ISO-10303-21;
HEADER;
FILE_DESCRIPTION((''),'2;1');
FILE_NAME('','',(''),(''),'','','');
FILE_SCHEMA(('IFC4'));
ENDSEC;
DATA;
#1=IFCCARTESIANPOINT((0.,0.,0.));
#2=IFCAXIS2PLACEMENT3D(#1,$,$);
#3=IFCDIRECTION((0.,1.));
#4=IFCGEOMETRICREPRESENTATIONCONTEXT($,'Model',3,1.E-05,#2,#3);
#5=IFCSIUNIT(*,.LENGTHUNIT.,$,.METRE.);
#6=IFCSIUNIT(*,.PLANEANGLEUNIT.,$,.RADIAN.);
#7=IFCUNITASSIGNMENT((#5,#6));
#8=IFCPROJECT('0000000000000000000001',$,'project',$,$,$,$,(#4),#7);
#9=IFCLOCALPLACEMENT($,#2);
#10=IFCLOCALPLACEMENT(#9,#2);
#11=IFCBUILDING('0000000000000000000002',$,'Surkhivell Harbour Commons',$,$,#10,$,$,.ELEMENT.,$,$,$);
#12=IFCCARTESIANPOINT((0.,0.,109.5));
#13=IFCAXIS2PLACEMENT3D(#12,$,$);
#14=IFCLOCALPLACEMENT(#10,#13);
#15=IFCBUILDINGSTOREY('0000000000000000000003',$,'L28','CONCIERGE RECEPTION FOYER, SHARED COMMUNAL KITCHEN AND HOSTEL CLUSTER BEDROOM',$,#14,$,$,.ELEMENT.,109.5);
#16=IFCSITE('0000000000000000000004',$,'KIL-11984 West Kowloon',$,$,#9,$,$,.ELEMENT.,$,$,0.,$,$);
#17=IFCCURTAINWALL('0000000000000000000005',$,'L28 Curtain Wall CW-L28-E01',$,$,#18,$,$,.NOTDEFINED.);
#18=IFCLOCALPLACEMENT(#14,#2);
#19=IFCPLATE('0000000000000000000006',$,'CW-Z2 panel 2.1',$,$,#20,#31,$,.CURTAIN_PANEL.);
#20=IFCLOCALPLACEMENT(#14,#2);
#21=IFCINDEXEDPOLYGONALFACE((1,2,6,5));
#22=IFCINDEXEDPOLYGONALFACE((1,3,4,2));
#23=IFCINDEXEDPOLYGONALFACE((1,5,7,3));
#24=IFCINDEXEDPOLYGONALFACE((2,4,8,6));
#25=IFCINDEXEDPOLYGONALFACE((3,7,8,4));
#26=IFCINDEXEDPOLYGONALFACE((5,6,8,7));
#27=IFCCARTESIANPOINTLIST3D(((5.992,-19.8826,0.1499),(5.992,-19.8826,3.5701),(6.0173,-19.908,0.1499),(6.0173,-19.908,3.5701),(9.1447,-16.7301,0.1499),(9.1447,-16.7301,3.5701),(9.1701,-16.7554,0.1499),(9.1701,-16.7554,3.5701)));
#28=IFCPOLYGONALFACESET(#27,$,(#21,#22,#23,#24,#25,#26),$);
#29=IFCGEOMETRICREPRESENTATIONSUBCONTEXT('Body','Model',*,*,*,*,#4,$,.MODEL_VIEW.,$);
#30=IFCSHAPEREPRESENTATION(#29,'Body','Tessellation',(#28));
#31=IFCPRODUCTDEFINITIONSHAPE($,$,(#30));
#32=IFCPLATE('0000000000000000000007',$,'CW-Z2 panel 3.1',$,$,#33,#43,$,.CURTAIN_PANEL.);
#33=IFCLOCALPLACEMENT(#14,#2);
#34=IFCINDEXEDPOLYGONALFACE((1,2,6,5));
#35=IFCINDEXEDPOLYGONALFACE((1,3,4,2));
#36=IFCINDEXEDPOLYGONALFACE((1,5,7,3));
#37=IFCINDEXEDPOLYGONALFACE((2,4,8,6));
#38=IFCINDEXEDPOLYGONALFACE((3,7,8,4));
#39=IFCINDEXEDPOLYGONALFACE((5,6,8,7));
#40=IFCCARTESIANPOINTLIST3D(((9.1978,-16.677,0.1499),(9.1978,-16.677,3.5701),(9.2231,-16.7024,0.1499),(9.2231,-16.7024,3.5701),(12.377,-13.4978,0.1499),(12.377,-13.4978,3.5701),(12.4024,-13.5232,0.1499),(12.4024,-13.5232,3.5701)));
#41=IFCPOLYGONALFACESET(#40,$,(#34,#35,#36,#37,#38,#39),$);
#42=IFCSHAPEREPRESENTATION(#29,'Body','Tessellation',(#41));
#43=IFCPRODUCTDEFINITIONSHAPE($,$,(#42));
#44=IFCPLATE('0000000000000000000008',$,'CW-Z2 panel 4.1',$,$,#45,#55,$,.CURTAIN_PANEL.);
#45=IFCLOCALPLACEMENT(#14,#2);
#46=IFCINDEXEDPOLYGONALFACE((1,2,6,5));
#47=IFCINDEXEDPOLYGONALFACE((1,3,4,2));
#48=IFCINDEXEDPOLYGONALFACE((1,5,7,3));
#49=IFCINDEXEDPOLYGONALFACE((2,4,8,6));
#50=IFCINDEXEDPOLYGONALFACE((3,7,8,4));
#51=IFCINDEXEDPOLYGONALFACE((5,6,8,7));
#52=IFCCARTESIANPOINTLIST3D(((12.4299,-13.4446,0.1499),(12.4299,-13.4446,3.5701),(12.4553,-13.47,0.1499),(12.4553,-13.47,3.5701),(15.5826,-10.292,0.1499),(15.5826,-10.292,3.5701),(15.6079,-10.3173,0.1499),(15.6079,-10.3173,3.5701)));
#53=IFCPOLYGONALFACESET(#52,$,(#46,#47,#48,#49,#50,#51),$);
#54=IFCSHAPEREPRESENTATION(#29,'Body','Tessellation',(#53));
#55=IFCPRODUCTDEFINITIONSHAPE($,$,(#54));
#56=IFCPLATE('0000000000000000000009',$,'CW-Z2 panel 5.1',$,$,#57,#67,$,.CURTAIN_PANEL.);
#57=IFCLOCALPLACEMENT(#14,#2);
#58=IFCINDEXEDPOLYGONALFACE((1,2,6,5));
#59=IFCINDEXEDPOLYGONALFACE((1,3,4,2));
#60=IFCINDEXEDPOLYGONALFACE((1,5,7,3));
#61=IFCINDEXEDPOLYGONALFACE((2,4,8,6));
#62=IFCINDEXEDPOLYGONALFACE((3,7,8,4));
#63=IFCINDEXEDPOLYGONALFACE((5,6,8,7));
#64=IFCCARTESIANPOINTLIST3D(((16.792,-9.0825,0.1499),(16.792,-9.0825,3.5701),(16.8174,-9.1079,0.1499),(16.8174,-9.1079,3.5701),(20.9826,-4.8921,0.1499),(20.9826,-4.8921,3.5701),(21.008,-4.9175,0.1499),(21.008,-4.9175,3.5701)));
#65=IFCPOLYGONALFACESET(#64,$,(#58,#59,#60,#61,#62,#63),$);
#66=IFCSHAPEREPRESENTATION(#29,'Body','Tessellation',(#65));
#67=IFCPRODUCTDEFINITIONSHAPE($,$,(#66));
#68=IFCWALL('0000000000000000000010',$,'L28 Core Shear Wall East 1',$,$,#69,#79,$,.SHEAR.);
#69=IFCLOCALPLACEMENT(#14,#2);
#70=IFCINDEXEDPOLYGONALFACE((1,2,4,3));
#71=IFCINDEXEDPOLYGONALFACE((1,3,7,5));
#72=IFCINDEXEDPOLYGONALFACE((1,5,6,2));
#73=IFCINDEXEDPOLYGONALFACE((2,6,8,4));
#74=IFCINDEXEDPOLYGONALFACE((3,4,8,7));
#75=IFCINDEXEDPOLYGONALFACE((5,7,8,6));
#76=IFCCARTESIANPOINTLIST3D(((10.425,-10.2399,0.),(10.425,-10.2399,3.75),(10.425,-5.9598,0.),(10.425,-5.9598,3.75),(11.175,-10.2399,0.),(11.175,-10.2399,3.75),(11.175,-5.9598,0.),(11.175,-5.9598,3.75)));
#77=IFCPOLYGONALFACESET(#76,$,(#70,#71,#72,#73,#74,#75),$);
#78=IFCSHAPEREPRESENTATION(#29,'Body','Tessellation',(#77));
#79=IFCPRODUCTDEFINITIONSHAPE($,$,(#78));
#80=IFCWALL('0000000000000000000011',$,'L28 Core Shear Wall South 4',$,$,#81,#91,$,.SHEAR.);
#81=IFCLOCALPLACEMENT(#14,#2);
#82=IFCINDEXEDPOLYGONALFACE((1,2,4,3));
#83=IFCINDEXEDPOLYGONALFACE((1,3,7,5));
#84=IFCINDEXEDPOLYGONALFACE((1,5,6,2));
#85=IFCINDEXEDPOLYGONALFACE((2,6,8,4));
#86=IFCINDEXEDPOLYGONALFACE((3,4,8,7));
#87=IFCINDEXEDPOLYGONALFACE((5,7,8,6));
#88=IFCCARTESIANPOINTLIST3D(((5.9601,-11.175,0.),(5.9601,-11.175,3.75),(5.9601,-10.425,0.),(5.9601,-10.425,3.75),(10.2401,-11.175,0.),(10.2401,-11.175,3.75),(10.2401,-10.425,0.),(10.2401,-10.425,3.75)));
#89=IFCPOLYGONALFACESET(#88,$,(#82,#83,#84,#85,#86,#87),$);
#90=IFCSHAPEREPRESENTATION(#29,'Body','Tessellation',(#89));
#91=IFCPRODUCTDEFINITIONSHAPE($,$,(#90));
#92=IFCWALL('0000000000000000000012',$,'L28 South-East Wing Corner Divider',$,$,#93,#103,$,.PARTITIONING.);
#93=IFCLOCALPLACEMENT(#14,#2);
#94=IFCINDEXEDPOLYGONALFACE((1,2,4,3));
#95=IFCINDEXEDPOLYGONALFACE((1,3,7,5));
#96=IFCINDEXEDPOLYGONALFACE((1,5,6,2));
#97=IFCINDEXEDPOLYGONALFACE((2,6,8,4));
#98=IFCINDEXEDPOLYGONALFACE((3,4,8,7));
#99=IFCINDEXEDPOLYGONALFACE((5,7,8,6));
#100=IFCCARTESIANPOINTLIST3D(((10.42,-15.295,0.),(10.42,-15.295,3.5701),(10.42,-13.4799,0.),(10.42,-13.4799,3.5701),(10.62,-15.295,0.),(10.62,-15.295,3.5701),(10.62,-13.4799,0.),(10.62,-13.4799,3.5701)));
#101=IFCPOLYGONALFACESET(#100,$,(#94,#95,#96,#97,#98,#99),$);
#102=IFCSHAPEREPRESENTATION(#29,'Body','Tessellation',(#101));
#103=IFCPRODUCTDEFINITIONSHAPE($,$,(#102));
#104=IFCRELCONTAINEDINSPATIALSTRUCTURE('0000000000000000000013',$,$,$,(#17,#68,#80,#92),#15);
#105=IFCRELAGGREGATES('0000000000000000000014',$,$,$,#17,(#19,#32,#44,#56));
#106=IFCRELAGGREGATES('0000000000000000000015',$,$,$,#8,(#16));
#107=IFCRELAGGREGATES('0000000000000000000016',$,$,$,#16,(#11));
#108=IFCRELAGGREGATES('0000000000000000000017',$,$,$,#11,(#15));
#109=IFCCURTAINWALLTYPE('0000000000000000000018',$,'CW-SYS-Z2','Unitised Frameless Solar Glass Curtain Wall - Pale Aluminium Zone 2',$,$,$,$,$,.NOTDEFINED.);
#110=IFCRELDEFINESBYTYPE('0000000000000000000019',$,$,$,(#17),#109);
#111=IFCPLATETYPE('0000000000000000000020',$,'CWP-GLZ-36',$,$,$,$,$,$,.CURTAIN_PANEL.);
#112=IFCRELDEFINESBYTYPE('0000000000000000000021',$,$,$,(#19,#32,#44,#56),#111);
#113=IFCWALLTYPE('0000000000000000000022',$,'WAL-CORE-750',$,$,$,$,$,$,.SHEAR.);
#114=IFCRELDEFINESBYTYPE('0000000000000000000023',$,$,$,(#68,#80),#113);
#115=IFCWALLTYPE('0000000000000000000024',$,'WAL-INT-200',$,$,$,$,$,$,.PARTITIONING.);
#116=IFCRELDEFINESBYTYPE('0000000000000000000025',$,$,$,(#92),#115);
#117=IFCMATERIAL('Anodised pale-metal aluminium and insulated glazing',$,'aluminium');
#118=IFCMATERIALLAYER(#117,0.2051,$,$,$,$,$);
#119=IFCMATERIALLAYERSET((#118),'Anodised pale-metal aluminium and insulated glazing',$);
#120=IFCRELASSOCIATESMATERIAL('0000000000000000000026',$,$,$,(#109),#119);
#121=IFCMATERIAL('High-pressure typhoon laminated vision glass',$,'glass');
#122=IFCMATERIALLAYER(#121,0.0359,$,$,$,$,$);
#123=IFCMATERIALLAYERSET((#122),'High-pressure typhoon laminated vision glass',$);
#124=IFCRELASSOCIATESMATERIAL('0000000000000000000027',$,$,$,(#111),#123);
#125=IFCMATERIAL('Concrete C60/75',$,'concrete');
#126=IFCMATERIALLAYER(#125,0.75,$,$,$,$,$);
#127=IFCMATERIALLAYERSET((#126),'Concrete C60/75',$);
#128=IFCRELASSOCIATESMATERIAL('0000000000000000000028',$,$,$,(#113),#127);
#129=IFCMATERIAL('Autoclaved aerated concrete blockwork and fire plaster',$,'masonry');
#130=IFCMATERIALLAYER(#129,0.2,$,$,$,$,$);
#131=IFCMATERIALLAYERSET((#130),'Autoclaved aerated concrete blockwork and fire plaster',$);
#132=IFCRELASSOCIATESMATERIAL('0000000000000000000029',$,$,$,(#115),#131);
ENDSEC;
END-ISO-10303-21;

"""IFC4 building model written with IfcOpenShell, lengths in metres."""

from ifc_helpers import new_model, si_unit, direction, frame, frame_2d, origin, place, context, subcontext, project, spatial, rectangle, extrude, material, layer, layer_set, type_object, element, aggregate, save


model = new_model("IFC4")

# Units and contexts
model_context = context("Model", 3, precision=1e-05, world=origin(), true_north=direction((0.0, 1.0)))
body_context = subcontext(model_context, "Body", "Model", "MODEL_VIEW")
ifc_project = project(units=[si_unit("LENGTHUNIT", "METRE"), si_unit("PLANEANGLEUNIT", "RADIAN")], contexts=[model_context])

# Site, building, storey
site_placement = place(None, origin())
site = spatial("IfcSite", under=ifc_project, at=site_placement, Name="KIL-11984 West Kowloon", CompositionType="ELEMENT", RefElevation=0.0)
building_placement = place(site_placement, origin())
building = spatial("IfcBuilding", under=site, at=building_placement, Name="Surkhivell Harbour Commons", CompositionType="ELEMENT")
storey_placement = place(building_placement, frame((0.0, 0.0, 109.5)))
storey = spatial("IfcBuildingStorey", under=building, at=storey_placement, Name="L28", Description="CONCIERGE RECEPTION FOYER, SHARED COMMUNAL KITCHEN AND HOSTEL CLUSTER BEDROOM", CompositionType="ELEMENT", Elevation=109.5)

# Shared definitions
ifc_material_1 = material(Name="Concrete C60/75", Category="concrete")

# Curtain wall, plates
ifc_material_2 = material(Name="Anodised pale-metal aluminium and insulated glazing", Category="aluminium")
ifc_layer_1 = layer(ifc_material_2, 0.2051)
ifc_layer_set_1 = layer_set([ifc_layer_1], Name="Anodised pale-metal aluminium and insulated glazing")
curtain_wall_type = type_object("IfcCurtainWallType", Name="CW-SYS-Z2", Description="Unitised Frameless Solar Glass Curtain Wall - Pale Aluminium Zone 2", PredefinedType="NOTDEFINED", material=ifc_layer_set_1)
curtain_wall_placement = place(storey_placement, origin())
curtain_wall = element("IfcCurtainWall", 1, at=curtain_wall_placement, inside=storey, type_object=curtain_wall_type, Name="L28 Curtain Wall CW-L28-E01", PredefinedType="NOTDEFINED")
ifc_material_3 = material(Name="High-pressure typhoon laminated vision glass", Category="glass")
ifc_layer_2 = layer(ifc_material_3, 0.0359)
ifc_layer_set_2 = layer_set([ifc_layer_2], Name="High-pressure typhoon laminated vision glass")
plate_type = type_object("IfcPlateType", Name="CWP-GLZ-36", PredefinedType="CURTAIN_PANEL", material=ifc_layer_set_2)
plate_1_placement = place(storey_placement, frame((6.0046, -19.8953, 0.1499), z_axis=(0.0, 0.0, 1.0), x_axis=(0.707134, 0.707079, 0.0)))
plate_1 = element("IfcPlate", 2, at=plate_1_placement, type_object=plate_type, Name="CW-Z2 panel 2.1", PredefinedType="CURTAIN_PANEL", context=body_context, shape_type="SweptSolid", body=[
    extrude(rectangle(XDim=4.4585, YDim=0.0359, at=frame_2d((2.2292, 0.0))), origin(), (0.0, 0.0, 1.0), 3.4202),
])
plate_2_placement = place(storey_placement, frame((9.2104, -16.6897, 0.1499), z_axis=(0.0, 0.0, 1.0), x_axis=(0.707107, 0.707107, 0.0)))
plate_2 = element("IfcPlate", 3, at=plate_2_placement, type_object=plate_type, Name="CW-Z2 panel 3.1", PredefinedType="CURTAIN_PANEL", context=body_context, shape_type="SweptSolid", body=[
    extrude(rectangle(XDim=4.4961, YDim=0.0359, at=frame_2d((2.248, 0.0))), origin(), (0.0, 0.0, 1.0), 3.4202),
])
plate_3_placement = place(storey_placement, frame((12.4426, -13.4573, 0.1499), z_axis=(0.0, 0.0, 1.0), x_axis=(0.707107, 0.707107, 0.0)))
plate_3 = element("IfcPlate", 4, at=plate_3_placement, type_object=plate_type, Name="CW-Z2 panel 4.1", PredefinedType="CURTAIN_PANEL", context=body_context, shape_type="SweptSolid", body=[
    extrude(rectangle(XDim=4.4585, YDim=0.0359, at=frame_2d((2.2292, 0.0))), origin(), (0.0, 0.0, 1.0), 3.4202),
])
plate_4_placement = place(storey_placement, frame((16.8047, -9.0952, 0.1499), z_axis=(0.0, 0.0, 1.0), x_axis=(0.707127, 0.707086, 0.0)))
plate_4 = element("IfcPlate", 5, at=plate_4_placement, type_object=plate_type, Name="CW-Z2 panel 5.1", PredefinedType="CURTAIN_PANEL", context=body_context, shape_type="SweptSolid", body=[
    extrude(rectangle(XDim=5.9263, YDim=0.0359, at=frame_2d((2.9631, 0.0))), origin(), (0.0, 0.0, 1.0), 3.4202),
])
aggregate(curtain_wall, [plate_1, plate_2, plate_3, plate_4])

# Walls
ifc_layer_3 = layer(ifc_material_1, 0.75)
ifc_layer_set_3 = layer_set([ifc_layer_3], Name="Concrete C60/75")
wall_type_1 = type_object("IfcWallType", Name="WAL-CORE-750", PredefinedType="SHEAR", material=ifc_layer_set_3)
for number, where, z_axis, x_axis, name in (
    (6, (10.8, -10.24, 0.0), (0.0, 0.0, 1.0), (0.0, 1.0, 0.0), "L28 Core Shear Wall East 1"),
    (7, (5.96, -10.8, 0.0), (0.0, 0.0, 1.0), (1.0, 0.0, 0.0), "L28 Core Shear Wall South 4"),
):
    element("IfcWall", number, at=place(storey_placement, frame(where, z_axis=z_axis, x_axis=x_axis)), inside=storey, type_object=wall_type_1, Name=name, PredefinedType="SHEAR", context=body_context, shape_type="SweptSolid", body=[
        extrude(rectangle(XDim=4.28, YDim=0.75, at=frame_2d((2.1401, 0.0))), origin(), (0.0, 0.0, 1.0), 3.75),
    ])
ifc_material_4 = material(Name="Autoclaved aerated concrete blockwork and fire plaster", Category="masonry")
ifc_layer_4 = layer(ifc_material_4, 0.2)
ifc_layer_set_4 = layer_set([ifc_layer_4], Name="Autoclaved aerated concrete blockwork and fire plaster")
wall_type_2 = type_object("IfcWallType", Name="WAL-INT-200", PredefinedType="PARTITIONING", material=ifc_layer_set_4)
wall_1_placement = place(storey_placement, frame((10.52, -15.2952, 0.0), z_axis=(0.0, 0.0, 1.0), x_axis=(0.0, 1.0, 0.0)))
element("IfcWall", 8, at=wall_1_placement, inside=storey, type_object=wall_type_2, Name="L28 South-East Wing Corner Divider", PredefinedType="PARTITIONING", context=body_context, shape_type="SweptSolid", body=[
    extrude(rectangle(XDim=1.8152, YDim=0.2, at=frame_2d((0.9077, 0.0))), origin(), (0.0, 0.0, 1.0), 3.5701),
])

save(model, "model.ifc")
